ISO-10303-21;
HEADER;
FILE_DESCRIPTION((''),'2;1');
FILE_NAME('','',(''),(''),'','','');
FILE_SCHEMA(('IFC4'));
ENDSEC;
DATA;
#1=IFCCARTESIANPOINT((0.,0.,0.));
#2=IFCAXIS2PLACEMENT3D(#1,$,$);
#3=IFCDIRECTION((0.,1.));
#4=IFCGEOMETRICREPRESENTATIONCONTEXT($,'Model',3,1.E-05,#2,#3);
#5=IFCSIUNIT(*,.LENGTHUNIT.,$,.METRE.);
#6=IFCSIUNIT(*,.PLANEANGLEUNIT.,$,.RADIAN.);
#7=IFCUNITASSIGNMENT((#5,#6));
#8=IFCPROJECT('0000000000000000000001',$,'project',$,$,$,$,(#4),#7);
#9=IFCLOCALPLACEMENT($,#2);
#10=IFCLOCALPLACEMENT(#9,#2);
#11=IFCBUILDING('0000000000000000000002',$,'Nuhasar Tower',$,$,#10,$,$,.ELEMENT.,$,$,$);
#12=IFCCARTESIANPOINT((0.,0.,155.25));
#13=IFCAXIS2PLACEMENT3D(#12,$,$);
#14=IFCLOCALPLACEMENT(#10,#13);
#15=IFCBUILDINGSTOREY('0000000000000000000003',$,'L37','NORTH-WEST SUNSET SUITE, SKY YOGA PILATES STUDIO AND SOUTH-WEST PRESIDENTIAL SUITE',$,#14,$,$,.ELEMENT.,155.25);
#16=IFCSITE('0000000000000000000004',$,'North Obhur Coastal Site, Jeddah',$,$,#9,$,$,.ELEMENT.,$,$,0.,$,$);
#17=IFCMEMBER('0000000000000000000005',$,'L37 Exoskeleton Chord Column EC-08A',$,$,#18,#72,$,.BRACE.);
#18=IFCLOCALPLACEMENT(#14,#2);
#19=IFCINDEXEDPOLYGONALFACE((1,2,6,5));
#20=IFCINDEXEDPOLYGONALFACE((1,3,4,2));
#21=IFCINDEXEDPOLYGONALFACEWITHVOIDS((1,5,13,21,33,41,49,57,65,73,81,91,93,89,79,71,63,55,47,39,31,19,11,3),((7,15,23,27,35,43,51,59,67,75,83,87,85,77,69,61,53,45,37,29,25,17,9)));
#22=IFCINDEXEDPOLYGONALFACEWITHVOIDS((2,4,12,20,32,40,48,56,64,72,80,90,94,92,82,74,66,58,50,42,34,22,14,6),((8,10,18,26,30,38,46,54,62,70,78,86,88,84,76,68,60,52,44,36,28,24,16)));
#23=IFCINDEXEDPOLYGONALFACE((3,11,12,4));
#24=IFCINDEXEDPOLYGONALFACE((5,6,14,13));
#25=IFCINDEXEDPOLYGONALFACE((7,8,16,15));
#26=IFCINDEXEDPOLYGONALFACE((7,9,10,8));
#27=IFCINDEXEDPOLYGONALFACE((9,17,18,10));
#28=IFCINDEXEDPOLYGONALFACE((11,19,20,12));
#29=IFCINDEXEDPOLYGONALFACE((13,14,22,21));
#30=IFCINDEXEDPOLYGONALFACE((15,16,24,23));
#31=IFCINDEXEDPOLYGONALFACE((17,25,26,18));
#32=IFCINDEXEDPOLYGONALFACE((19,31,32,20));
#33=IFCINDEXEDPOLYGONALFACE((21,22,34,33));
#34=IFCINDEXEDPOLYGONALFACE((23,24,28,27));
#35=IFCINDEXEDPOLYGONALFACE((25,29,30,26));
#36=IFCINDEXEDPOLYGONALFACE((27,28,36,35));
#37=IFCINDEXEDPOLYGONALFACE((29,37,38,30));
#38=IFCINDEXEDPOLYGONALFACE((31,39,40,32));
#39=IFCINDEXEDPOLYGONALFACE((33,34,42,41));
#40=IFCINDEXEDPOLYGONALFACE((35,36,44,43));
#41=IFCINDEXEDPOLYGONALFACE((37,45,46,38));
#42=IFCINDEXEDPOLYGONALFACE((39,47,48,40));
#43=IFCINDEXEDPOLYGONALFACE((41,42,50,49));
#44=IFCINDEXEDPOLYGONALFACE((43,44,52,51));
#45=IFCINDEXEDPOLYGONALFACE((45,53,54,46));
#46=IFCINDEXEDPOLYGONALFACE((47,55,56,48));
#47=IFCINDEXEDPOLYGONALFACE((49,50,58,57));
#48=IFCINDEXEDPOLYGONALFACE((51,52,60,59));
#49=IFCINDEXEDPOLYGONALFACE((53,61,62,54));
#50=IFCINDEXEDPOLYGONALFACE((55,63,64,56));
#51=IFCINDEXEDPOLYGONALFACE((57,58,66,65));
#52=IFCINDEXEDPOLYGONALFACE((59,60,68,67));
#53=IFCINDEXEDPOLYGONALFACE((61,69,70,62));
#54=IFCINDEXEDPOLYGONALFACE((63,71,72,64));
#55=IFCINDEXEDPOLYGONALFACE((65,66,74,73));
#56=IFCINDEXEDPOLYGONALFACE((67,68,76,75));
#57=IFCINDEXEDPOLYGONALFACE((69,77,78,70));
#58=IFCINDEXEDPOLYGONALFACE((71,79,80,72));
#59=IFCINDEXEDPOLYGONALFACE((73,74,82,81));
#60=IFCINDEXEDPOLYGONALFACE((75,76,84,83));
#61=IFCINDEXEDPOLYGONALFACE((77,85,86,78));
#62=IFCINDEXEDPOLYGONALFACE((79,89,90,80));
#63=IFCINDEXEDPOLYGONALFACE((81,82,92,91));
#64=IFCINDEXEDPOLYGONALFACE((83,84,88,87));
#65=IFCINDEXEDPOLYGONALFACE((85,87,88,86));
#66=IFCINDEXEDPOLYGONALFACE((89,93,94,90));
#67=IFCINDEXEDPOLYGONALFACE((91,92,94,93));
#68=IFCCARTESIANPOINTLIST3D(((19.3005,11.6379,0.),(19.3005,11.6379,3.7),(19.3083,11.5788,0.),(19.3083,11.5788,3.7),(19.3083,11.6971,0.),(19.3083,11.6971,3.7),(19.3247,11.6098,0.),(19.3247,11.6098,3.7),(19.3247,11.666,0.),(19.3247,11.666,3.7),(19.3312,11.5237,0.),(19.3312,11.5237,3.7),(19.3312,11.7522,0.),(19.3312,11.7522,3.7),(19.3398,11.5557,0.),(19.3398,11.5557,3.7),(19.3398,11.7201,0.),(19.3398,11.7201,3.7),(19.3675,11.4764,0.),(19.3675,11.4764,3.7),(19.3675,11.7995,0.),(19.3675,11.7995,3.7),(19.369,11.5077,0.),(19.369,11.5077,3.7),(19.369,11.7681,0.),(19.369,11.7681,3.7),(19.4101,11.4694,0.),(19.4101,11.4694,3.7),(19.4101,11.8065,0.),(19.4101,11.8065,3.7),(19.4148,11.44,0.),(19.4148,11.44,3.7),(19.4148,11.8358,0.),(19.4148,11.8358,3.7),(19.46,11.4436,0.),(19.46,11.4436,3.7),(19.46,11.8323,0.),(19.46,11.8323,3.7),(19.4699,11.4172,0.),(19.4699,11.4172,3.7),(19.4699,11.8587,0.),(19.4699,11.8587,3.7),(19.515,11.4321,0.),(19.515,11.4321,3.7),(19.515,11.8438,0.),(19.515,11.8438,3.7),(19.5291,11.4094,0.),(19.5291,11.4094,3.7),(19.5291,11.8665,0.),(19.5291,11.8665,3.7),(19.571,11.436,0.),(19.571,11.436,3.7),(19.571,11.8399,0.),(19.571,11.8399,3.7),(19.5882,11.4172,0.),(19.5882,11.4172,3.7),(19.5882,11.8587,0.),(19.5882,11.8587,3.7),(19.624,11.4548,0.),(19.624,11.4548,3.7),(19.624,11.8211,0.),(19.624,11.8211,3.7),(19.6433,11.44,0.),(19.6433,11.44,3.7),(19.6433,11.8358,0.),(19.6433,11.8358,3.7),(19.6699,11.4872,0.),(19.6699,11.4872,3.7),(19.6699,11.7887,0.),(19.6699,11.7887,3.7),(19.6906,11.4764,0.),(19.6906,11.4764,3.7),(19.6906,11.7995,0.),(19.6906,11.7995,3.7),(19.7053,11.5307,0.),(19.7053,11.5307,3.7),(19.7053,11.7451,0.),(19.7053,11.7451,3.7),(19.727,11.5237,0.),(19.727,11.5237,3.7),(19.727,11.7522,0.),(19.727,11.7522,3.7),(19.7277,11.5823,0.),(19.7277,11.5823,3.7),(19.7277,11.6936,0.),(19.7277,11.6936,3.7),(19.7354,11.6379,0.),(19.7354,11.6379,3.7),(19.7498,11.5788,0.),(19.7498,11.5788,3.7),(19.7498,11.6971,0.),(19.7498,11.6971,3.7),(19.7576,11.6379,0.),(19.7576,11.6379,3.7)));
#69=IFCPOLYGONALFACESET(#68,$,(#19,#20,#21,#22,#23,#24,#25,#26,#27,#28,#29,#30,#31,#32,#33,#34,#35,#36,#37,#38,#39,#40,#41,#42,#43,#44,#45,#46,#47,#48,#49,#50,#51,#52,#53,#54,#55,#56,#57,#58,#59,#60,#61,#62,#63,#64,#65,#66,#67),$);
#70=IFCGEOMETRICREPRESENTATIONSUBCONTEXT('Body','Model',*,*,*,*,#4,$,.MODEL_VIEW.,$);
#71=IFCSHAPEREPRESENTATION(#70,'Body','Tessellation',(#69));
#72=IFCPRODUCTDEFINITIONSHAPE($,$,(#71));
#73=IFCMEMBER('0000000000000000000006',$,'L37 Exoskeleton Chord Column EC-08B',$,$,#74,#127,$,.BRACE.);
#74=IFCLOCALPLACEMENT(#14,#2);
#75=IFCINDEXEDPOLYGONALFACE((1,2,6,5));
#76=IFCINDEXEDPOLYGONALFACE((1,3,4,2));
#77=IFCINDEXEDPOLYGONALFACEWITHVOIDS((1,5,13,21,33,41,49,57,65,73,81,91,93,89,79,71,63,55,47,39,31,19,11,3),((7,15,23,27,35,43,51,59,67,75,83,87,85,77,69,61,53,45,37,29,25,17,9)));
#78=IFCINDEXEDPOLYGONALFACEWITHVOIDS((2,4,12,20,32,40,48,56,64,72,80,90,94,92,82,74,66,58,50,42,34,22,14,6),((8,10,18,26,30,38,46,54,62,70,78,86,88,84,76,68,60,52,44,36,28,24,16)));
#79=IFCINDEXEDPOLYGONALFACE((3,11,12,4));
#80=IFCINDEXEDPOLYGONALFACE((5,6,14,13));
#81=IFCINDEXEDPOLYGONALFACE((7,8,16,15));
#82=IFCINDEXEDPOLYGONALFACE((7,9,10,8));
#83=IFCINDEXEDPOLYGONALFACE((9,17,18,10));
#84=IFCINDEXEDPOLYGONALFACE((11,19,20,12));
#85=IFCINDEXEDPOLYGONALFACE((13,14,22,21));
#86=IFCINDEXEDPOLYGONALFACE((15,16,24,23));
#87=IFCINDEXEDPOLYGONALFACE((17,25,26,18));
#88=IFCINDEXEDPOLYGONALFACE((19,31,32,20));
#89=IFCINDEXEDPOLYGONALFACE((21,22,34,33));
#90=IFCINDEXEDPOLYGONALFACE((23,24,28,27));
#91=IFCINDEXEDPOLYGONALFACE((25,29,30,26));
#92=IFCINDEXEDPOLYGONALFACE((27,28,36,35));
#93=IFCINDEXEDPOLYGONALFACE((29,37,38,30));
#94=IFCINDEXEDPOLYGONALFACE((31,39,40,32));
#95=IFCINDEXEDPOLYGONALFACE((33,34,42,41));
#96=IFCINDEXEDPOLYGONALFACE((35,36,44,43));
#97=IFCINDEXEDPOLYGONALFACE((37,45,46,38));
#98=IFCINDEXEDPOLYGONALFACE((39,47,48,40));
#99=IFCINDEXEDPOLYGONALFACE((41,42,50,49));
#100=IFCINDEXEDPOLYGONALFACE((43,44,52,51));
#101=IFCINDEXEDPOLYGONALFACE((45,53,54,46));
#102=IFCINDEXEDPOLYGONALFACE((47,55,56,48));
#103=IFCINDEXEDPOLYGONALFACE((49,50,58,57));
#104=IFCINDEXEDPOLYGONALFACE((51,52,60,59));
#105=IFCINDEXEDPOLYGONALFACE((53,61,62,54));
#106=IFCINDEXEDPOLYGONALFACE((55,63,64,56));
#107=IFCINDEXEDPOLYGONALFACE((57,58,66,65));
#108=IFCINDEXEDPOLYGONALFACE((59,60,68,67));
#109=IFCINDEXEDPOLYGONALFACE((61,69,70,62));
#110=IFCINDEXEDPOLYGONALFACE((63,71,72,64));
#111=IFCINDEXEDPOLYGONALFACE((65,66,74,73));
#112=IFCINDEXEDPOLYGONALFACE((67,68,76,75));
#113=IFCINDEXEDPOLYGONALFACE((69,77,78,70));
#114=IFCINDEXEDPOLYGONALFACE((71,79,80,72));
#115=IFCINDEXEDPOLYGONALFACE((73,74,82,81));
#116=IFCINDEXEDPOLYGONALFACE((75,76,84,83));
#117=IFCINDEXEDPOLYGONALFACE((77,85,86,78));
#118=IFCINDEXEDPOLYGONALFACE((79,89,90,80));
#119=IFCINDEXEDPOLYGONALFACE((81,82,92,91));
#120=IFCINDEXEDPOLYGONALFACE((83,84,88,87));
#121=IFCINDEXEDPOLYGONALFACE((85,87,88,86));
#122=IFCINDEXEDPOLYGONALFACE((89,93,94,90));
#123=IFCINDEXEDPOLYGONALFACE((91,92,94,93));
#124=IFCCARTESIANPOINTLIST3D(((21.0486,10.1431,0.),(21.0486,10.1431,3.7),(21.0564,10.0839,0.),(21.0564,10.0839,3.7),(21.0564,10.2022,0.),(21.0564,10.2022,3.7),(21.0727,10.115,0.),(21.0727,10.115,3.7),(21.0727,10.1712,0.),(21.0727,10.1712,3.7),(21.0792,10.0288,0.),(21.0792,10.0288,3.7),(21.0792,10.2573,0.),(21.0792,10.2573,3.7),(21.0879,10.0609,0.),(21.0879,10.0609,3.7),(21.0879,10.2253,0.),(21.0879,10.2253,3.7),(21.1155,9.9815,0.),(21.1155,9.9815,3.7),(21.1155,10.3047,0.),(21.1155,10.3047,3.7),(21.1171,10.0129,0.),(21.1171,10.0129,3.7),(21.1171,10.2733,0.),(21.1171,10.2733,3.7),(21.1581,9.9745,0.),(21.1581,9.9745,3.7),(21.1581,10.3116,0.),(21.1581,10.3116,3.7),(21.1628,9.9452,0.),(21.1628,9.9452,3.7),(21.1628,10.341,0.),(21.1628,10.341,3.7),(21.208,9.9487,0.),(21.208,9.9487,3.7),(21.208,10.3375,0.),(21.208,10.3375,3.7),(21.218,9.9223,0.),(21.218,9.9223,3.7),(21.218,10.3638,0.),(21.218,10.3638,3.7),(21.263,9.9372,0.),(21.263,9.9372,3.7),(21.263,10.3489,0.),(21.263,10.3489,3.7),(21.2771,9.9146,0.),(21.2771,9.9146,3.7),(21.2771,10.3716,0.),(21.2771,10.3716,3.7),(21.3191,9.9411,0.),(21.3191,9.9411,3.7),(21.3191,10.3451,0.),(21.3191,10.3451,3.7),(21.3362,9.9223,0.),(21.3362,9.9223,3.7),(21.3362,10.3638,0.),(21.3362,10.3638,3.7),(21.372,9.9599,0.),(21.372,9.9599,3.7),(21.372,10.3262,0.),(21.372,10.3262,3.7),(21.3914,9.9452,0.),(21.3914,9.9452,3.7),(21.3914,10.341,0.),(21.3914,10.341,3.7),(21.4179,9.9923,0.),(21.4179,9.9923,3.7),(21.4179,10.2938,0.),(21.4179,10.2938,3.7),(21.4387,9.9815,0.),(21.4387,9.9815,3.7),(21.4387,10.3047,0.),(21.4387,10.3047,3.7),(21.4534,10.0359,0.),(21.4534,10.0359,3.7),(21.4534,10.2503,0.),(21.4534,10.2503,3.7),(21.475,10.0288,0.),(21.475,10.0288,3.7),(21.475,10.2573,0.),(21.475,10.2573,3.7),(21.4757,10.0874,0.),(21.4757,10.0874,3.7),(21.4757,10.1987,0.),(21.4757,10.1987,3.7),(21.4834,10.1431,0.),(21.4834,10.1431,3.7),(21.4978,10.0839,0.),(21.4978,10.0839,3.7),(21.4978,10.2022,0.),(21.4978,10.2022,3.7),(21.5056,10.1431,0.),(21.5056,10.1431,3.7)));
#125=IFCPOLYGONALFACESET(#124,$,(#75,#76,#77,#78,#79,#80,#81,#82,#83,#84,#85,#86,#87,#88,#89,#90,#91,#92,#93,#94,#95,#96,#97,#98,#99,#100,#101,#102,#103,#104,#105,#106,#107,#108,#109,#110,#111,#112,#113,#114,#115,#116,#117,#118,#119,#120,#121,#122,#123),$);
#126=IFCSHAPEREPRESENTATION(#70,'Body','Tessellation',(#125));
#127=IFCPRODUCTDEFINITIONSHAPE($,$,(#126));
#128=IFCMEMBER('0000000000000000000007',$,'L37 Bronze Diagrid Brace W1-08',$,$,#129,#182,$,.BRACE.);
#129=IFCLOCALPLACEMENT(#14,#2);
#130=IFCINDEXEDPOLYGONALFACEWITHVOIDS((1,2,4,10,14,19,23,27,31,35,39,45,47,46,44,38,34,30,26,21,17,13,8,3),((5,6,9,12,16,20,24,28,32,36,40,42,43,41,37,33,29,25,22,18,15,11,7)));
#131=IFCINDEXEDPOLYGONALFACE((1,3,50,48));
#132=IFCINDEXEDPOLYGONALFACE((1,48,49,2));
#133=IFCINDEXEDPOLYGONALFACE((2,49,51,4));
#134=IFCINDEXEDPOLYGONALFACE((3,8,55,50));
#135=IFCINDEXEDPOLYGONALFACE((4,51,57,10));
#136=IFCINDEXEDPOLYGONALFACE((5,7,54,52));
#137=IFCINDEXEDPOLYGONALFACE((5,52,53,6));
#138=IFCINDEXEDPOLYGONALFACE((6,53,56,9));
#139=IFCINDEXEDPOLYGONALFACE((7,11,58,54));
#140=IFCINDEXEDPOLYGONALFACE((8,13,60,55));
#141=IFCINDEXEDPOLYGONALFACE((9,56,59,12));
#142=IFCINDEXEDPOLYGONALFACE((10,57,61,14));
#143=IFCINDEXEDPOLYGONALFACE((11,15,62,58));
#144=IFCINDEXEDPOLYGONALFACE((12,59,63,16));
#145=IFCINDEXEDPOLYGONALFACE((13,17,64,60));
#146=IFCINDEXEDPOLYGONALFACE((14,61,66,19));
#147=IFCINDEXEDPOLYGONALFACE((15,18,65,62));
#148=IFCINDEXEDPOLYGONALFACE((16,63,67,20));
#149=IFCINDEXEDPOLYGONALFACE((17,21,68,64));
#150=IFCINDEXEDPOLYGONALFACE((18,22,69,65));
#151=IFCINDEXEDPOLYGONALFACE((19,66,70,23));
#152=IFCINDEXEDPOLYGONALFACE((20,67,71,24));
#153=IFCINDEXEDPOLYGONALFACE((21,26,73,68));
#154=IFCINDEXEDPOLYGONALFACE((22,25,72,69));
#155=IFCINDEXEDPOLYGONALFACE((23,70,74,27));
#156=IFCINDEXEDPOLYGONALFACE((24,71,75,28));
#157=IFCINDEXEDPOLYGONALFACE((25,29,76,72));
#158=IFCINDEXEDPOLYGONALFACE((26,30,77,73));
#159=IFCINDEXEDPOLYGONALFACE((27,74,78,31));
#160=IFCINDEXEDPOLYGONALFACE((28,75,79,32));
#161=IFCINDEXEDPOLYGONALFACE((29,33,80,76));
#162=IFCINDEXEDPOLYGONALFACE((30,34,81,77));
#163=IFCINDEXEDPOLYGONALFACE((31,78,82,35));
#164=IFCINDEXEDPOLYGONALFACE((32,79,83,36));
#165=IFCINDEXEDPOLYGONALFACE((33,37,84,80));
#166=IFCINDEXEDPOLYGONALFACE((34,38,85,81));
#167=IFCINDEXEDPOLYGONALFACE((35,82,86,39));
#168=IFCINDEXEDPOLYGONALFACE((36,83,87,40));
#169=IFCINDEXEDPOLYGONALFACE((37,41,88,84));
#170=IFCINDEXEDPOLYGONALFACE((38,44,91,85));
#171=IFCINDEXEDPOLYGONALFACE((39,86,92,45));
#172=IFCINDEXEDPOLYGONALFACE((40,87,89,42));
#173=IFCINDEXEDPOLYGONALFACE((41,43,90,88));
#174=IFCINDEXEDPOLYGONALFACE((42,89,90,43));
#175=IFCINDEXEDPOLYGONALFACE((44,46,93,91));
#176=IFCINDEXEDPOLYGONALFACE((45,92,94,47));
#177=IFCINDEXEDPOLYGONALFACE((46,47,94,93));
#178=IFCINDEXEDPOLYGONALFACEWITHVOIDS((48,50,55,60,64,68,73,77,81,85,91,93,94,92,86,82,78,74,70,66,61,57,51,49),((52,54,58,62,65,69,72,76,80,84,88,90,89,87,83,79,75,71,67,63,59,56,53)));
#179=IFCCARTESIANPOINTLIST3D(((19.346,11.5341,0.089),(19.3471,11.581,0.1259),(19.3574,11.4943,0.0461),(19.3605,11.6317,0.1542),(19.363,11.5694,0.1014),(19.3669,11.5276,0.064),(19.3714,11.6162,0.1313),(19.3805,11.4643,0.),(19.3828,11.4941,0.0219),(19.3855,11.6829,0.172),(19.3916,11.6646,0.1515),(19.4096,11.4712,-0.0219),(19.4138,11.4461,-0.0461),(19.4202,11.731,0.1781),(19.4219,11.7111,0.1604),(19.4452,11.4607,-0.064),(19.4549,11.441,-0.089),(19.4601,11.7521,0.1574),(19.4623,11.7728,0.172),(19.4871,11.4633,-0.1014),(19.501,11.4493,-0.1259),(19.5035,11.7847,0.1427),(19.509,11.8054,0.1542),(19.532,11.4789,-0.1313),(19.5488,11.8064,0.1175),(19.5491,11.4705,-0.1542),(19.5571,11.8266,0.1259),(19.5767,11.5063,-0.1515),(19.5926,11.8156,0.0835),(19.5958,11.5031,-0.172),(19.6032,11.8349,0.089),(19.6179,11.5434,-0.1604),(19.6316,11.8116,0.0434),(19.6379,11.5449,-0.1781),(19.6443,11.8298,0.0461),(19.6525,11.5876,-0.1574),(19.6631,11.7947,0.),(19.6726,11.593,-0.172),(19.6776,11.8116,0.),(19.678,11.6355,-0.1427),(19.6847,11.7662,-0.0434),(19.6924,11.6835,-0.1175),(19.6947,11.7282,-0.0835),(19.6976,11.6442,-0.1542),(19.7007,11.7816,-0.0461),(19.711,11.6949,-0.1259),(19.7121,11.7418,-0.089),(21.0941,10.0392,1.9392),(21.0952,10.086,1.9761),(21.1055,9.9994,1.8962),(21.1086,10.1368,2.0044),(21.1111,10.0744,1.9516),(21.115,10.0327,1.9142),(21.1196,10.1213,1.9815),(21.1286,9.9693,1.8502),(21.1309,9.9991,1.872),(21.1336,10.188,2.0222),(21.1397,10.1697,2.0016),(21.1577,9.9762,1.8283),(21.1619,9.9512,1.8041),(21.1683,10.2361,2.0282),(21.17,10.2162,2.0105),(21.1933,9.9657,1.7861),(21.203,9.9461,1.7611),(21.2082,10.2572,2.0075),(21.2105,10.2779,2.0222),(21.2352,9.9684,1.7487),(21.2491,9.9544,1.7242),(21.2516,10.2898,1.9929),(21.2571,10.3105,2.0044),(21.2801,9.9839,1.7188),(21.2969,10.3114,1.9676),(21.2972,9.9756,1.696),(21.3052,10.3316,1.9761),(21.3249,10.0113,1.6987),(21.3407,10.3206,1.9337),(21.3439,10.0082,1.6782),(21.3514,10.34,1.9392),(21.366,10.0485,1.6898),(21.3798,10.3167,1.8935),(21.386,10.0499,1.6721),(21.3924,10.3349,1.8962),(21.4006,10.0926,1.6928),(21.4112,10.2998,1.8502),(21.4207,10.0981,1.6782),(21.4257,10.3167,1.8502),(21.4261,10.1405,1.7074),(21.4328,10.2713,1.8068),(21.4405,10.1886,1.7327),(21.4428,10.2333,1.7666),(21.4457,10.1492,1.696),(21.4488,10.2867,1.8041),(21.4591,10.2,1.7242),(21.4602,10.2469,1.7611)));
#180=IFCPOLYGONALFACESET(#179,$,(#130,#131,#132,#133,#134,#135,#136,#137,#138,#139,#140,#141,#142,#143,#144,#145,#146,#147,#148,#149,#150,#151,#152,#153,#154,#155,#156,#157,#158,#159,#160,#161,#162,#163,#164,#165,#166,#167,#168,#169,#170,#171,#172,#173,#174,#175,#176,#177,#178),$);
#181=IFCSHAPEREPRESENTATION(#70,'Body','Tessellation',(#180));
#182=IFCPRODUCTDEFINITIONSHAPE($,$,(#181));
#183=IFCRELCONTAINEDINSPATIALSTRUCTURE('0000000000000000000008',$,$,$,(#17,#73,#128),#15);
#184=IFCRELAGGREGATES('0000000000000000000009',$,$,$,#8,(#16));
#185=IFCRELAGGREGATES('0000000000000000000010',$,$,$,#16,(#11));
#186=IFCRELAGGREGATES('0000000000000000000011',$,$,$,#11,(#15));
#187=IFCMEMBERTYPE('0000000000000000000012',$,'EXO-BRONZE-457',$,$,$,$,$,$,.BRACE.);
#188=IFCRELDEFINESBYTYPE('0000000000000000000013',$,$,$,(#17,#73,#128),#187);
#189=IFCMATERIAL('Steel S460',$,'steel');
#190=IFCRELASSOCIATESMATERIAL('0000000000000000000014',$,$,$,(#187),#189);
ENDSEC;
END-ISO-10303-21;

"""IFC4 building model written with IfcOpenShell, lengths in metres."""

from ifc_helpers import new_model, si_unit, direction, frame, origin, origin_2d, place, context, subcontext, project, spatial, hollow_circle, extrude, material, material_profile, profile_set, type_object, element, save


model = new_model("IFC4")

# Units and contexts
model_context = context("Model", 3, precision=1e-05, world=origin(), true_north=direction((0.0, 1.0)))
body_context = subcontext(model_context, "Body", "Model", "MODEL_VIEW")
ifc_project = project(units=[si_unit("LENGTHUNIT", "METRE"), si_unit("PLANEANGLEUNIT", "RADIAN")], contexts=[model_context])

# Site, building, storey
site_placement = place(None, origin())
site = spatial("IfcSite", under=ifc_project, at=site_placement, Name="North Obhur Coastal Site, Jeddah", CompositionType="ELEMENT", RefElevation=0.0)
building_placement = place(site_placement, origin())
building = spatial("IfcBuilding", under=site, at=building_placement, Name="Nuhasar Tower", CompositionType="ELEMENT")
storey_placement = place(building_placement, frame((0.0, 0.0, 155.25)))
storey = spatial("IfcBuildingStorey", under=building, at=storey_placement, Name="L37", Description="NORTH-WEST SUNSET SUITE, SKY YOGA PILATES STUDIO AND SOUTH-WEST PRESIDENTIAL SUITE", CompositionType="ELEMENT", Elevation=155.25)

# Members
ifc_material_1 = material(Name="Steel S460", Category="steel")
ifc_material_profile_1 = material_profile(ifc_material_1, hollow_circle(Radius=0.2285, WallThickness=0.0222, at=origin_2d()), Name="HSS457X22.2")
ifc_profile_set_1 = profile_set([ifc_material_profile_1], Name="Steel S460")
member_type_1 = type_object("IfcMemberType", Name="EXO-BRONZE-457", PredefinedType="BRACE", material=ifc_profile_set_1)
for number, where, z_axis, x_axis, name in (
    (1, (19.5291, 11.6379, 0.0), (0.0, 0.0, 1.0), (1.0, 0.0, 0.0), "L37 Exoskeleton Chord Column EC-08A"),
    (2, (21.2771, 10.1431, 0.0), (0.0, 0.0, 1.0), (1.0, 0.0, 0.0), "L37 Exoskeleton Chord Column EC-08B"),
):
    element("IfcMember", number, at=place(storey_placement, frame(where, z_axis=z_axis, x_axis=x_axis)), inside=storey, type_object=member_type_1, Name=name, PredefinedType="BRACE", context=body_context, shape_type="SweptSolid", body=[
        extrude(hollow_circle(Radius=0.2285, WallThickness=0.0222, at=origin_2d()), origin(), (0.0, 0.0, 1.0), 3.7),
    ])
member_1_placement = place(storey_placement, frame((19.5291, 11.6379, 0.0), z_axis=(0.592195, -0.506426, 0.626767), x_axis=(0.649926, 0.759998, 0.0)))
element("IfcMember", 3, at=member_1_placement, inside=storey, type_object=member_type_1, Name="L37 Bronze Diagrid Brace W1-08", PredefinedType="BRACE", context=body_context, shape_type="SweptSolid", body=[
    extrude(hollow_circle(Radius=0.2285, WallThickness=0.0222, at=origin_2d()), origin(), (0.0, 0.0, 1.0), 2.9519),
])

save(model, "model.ifc")
